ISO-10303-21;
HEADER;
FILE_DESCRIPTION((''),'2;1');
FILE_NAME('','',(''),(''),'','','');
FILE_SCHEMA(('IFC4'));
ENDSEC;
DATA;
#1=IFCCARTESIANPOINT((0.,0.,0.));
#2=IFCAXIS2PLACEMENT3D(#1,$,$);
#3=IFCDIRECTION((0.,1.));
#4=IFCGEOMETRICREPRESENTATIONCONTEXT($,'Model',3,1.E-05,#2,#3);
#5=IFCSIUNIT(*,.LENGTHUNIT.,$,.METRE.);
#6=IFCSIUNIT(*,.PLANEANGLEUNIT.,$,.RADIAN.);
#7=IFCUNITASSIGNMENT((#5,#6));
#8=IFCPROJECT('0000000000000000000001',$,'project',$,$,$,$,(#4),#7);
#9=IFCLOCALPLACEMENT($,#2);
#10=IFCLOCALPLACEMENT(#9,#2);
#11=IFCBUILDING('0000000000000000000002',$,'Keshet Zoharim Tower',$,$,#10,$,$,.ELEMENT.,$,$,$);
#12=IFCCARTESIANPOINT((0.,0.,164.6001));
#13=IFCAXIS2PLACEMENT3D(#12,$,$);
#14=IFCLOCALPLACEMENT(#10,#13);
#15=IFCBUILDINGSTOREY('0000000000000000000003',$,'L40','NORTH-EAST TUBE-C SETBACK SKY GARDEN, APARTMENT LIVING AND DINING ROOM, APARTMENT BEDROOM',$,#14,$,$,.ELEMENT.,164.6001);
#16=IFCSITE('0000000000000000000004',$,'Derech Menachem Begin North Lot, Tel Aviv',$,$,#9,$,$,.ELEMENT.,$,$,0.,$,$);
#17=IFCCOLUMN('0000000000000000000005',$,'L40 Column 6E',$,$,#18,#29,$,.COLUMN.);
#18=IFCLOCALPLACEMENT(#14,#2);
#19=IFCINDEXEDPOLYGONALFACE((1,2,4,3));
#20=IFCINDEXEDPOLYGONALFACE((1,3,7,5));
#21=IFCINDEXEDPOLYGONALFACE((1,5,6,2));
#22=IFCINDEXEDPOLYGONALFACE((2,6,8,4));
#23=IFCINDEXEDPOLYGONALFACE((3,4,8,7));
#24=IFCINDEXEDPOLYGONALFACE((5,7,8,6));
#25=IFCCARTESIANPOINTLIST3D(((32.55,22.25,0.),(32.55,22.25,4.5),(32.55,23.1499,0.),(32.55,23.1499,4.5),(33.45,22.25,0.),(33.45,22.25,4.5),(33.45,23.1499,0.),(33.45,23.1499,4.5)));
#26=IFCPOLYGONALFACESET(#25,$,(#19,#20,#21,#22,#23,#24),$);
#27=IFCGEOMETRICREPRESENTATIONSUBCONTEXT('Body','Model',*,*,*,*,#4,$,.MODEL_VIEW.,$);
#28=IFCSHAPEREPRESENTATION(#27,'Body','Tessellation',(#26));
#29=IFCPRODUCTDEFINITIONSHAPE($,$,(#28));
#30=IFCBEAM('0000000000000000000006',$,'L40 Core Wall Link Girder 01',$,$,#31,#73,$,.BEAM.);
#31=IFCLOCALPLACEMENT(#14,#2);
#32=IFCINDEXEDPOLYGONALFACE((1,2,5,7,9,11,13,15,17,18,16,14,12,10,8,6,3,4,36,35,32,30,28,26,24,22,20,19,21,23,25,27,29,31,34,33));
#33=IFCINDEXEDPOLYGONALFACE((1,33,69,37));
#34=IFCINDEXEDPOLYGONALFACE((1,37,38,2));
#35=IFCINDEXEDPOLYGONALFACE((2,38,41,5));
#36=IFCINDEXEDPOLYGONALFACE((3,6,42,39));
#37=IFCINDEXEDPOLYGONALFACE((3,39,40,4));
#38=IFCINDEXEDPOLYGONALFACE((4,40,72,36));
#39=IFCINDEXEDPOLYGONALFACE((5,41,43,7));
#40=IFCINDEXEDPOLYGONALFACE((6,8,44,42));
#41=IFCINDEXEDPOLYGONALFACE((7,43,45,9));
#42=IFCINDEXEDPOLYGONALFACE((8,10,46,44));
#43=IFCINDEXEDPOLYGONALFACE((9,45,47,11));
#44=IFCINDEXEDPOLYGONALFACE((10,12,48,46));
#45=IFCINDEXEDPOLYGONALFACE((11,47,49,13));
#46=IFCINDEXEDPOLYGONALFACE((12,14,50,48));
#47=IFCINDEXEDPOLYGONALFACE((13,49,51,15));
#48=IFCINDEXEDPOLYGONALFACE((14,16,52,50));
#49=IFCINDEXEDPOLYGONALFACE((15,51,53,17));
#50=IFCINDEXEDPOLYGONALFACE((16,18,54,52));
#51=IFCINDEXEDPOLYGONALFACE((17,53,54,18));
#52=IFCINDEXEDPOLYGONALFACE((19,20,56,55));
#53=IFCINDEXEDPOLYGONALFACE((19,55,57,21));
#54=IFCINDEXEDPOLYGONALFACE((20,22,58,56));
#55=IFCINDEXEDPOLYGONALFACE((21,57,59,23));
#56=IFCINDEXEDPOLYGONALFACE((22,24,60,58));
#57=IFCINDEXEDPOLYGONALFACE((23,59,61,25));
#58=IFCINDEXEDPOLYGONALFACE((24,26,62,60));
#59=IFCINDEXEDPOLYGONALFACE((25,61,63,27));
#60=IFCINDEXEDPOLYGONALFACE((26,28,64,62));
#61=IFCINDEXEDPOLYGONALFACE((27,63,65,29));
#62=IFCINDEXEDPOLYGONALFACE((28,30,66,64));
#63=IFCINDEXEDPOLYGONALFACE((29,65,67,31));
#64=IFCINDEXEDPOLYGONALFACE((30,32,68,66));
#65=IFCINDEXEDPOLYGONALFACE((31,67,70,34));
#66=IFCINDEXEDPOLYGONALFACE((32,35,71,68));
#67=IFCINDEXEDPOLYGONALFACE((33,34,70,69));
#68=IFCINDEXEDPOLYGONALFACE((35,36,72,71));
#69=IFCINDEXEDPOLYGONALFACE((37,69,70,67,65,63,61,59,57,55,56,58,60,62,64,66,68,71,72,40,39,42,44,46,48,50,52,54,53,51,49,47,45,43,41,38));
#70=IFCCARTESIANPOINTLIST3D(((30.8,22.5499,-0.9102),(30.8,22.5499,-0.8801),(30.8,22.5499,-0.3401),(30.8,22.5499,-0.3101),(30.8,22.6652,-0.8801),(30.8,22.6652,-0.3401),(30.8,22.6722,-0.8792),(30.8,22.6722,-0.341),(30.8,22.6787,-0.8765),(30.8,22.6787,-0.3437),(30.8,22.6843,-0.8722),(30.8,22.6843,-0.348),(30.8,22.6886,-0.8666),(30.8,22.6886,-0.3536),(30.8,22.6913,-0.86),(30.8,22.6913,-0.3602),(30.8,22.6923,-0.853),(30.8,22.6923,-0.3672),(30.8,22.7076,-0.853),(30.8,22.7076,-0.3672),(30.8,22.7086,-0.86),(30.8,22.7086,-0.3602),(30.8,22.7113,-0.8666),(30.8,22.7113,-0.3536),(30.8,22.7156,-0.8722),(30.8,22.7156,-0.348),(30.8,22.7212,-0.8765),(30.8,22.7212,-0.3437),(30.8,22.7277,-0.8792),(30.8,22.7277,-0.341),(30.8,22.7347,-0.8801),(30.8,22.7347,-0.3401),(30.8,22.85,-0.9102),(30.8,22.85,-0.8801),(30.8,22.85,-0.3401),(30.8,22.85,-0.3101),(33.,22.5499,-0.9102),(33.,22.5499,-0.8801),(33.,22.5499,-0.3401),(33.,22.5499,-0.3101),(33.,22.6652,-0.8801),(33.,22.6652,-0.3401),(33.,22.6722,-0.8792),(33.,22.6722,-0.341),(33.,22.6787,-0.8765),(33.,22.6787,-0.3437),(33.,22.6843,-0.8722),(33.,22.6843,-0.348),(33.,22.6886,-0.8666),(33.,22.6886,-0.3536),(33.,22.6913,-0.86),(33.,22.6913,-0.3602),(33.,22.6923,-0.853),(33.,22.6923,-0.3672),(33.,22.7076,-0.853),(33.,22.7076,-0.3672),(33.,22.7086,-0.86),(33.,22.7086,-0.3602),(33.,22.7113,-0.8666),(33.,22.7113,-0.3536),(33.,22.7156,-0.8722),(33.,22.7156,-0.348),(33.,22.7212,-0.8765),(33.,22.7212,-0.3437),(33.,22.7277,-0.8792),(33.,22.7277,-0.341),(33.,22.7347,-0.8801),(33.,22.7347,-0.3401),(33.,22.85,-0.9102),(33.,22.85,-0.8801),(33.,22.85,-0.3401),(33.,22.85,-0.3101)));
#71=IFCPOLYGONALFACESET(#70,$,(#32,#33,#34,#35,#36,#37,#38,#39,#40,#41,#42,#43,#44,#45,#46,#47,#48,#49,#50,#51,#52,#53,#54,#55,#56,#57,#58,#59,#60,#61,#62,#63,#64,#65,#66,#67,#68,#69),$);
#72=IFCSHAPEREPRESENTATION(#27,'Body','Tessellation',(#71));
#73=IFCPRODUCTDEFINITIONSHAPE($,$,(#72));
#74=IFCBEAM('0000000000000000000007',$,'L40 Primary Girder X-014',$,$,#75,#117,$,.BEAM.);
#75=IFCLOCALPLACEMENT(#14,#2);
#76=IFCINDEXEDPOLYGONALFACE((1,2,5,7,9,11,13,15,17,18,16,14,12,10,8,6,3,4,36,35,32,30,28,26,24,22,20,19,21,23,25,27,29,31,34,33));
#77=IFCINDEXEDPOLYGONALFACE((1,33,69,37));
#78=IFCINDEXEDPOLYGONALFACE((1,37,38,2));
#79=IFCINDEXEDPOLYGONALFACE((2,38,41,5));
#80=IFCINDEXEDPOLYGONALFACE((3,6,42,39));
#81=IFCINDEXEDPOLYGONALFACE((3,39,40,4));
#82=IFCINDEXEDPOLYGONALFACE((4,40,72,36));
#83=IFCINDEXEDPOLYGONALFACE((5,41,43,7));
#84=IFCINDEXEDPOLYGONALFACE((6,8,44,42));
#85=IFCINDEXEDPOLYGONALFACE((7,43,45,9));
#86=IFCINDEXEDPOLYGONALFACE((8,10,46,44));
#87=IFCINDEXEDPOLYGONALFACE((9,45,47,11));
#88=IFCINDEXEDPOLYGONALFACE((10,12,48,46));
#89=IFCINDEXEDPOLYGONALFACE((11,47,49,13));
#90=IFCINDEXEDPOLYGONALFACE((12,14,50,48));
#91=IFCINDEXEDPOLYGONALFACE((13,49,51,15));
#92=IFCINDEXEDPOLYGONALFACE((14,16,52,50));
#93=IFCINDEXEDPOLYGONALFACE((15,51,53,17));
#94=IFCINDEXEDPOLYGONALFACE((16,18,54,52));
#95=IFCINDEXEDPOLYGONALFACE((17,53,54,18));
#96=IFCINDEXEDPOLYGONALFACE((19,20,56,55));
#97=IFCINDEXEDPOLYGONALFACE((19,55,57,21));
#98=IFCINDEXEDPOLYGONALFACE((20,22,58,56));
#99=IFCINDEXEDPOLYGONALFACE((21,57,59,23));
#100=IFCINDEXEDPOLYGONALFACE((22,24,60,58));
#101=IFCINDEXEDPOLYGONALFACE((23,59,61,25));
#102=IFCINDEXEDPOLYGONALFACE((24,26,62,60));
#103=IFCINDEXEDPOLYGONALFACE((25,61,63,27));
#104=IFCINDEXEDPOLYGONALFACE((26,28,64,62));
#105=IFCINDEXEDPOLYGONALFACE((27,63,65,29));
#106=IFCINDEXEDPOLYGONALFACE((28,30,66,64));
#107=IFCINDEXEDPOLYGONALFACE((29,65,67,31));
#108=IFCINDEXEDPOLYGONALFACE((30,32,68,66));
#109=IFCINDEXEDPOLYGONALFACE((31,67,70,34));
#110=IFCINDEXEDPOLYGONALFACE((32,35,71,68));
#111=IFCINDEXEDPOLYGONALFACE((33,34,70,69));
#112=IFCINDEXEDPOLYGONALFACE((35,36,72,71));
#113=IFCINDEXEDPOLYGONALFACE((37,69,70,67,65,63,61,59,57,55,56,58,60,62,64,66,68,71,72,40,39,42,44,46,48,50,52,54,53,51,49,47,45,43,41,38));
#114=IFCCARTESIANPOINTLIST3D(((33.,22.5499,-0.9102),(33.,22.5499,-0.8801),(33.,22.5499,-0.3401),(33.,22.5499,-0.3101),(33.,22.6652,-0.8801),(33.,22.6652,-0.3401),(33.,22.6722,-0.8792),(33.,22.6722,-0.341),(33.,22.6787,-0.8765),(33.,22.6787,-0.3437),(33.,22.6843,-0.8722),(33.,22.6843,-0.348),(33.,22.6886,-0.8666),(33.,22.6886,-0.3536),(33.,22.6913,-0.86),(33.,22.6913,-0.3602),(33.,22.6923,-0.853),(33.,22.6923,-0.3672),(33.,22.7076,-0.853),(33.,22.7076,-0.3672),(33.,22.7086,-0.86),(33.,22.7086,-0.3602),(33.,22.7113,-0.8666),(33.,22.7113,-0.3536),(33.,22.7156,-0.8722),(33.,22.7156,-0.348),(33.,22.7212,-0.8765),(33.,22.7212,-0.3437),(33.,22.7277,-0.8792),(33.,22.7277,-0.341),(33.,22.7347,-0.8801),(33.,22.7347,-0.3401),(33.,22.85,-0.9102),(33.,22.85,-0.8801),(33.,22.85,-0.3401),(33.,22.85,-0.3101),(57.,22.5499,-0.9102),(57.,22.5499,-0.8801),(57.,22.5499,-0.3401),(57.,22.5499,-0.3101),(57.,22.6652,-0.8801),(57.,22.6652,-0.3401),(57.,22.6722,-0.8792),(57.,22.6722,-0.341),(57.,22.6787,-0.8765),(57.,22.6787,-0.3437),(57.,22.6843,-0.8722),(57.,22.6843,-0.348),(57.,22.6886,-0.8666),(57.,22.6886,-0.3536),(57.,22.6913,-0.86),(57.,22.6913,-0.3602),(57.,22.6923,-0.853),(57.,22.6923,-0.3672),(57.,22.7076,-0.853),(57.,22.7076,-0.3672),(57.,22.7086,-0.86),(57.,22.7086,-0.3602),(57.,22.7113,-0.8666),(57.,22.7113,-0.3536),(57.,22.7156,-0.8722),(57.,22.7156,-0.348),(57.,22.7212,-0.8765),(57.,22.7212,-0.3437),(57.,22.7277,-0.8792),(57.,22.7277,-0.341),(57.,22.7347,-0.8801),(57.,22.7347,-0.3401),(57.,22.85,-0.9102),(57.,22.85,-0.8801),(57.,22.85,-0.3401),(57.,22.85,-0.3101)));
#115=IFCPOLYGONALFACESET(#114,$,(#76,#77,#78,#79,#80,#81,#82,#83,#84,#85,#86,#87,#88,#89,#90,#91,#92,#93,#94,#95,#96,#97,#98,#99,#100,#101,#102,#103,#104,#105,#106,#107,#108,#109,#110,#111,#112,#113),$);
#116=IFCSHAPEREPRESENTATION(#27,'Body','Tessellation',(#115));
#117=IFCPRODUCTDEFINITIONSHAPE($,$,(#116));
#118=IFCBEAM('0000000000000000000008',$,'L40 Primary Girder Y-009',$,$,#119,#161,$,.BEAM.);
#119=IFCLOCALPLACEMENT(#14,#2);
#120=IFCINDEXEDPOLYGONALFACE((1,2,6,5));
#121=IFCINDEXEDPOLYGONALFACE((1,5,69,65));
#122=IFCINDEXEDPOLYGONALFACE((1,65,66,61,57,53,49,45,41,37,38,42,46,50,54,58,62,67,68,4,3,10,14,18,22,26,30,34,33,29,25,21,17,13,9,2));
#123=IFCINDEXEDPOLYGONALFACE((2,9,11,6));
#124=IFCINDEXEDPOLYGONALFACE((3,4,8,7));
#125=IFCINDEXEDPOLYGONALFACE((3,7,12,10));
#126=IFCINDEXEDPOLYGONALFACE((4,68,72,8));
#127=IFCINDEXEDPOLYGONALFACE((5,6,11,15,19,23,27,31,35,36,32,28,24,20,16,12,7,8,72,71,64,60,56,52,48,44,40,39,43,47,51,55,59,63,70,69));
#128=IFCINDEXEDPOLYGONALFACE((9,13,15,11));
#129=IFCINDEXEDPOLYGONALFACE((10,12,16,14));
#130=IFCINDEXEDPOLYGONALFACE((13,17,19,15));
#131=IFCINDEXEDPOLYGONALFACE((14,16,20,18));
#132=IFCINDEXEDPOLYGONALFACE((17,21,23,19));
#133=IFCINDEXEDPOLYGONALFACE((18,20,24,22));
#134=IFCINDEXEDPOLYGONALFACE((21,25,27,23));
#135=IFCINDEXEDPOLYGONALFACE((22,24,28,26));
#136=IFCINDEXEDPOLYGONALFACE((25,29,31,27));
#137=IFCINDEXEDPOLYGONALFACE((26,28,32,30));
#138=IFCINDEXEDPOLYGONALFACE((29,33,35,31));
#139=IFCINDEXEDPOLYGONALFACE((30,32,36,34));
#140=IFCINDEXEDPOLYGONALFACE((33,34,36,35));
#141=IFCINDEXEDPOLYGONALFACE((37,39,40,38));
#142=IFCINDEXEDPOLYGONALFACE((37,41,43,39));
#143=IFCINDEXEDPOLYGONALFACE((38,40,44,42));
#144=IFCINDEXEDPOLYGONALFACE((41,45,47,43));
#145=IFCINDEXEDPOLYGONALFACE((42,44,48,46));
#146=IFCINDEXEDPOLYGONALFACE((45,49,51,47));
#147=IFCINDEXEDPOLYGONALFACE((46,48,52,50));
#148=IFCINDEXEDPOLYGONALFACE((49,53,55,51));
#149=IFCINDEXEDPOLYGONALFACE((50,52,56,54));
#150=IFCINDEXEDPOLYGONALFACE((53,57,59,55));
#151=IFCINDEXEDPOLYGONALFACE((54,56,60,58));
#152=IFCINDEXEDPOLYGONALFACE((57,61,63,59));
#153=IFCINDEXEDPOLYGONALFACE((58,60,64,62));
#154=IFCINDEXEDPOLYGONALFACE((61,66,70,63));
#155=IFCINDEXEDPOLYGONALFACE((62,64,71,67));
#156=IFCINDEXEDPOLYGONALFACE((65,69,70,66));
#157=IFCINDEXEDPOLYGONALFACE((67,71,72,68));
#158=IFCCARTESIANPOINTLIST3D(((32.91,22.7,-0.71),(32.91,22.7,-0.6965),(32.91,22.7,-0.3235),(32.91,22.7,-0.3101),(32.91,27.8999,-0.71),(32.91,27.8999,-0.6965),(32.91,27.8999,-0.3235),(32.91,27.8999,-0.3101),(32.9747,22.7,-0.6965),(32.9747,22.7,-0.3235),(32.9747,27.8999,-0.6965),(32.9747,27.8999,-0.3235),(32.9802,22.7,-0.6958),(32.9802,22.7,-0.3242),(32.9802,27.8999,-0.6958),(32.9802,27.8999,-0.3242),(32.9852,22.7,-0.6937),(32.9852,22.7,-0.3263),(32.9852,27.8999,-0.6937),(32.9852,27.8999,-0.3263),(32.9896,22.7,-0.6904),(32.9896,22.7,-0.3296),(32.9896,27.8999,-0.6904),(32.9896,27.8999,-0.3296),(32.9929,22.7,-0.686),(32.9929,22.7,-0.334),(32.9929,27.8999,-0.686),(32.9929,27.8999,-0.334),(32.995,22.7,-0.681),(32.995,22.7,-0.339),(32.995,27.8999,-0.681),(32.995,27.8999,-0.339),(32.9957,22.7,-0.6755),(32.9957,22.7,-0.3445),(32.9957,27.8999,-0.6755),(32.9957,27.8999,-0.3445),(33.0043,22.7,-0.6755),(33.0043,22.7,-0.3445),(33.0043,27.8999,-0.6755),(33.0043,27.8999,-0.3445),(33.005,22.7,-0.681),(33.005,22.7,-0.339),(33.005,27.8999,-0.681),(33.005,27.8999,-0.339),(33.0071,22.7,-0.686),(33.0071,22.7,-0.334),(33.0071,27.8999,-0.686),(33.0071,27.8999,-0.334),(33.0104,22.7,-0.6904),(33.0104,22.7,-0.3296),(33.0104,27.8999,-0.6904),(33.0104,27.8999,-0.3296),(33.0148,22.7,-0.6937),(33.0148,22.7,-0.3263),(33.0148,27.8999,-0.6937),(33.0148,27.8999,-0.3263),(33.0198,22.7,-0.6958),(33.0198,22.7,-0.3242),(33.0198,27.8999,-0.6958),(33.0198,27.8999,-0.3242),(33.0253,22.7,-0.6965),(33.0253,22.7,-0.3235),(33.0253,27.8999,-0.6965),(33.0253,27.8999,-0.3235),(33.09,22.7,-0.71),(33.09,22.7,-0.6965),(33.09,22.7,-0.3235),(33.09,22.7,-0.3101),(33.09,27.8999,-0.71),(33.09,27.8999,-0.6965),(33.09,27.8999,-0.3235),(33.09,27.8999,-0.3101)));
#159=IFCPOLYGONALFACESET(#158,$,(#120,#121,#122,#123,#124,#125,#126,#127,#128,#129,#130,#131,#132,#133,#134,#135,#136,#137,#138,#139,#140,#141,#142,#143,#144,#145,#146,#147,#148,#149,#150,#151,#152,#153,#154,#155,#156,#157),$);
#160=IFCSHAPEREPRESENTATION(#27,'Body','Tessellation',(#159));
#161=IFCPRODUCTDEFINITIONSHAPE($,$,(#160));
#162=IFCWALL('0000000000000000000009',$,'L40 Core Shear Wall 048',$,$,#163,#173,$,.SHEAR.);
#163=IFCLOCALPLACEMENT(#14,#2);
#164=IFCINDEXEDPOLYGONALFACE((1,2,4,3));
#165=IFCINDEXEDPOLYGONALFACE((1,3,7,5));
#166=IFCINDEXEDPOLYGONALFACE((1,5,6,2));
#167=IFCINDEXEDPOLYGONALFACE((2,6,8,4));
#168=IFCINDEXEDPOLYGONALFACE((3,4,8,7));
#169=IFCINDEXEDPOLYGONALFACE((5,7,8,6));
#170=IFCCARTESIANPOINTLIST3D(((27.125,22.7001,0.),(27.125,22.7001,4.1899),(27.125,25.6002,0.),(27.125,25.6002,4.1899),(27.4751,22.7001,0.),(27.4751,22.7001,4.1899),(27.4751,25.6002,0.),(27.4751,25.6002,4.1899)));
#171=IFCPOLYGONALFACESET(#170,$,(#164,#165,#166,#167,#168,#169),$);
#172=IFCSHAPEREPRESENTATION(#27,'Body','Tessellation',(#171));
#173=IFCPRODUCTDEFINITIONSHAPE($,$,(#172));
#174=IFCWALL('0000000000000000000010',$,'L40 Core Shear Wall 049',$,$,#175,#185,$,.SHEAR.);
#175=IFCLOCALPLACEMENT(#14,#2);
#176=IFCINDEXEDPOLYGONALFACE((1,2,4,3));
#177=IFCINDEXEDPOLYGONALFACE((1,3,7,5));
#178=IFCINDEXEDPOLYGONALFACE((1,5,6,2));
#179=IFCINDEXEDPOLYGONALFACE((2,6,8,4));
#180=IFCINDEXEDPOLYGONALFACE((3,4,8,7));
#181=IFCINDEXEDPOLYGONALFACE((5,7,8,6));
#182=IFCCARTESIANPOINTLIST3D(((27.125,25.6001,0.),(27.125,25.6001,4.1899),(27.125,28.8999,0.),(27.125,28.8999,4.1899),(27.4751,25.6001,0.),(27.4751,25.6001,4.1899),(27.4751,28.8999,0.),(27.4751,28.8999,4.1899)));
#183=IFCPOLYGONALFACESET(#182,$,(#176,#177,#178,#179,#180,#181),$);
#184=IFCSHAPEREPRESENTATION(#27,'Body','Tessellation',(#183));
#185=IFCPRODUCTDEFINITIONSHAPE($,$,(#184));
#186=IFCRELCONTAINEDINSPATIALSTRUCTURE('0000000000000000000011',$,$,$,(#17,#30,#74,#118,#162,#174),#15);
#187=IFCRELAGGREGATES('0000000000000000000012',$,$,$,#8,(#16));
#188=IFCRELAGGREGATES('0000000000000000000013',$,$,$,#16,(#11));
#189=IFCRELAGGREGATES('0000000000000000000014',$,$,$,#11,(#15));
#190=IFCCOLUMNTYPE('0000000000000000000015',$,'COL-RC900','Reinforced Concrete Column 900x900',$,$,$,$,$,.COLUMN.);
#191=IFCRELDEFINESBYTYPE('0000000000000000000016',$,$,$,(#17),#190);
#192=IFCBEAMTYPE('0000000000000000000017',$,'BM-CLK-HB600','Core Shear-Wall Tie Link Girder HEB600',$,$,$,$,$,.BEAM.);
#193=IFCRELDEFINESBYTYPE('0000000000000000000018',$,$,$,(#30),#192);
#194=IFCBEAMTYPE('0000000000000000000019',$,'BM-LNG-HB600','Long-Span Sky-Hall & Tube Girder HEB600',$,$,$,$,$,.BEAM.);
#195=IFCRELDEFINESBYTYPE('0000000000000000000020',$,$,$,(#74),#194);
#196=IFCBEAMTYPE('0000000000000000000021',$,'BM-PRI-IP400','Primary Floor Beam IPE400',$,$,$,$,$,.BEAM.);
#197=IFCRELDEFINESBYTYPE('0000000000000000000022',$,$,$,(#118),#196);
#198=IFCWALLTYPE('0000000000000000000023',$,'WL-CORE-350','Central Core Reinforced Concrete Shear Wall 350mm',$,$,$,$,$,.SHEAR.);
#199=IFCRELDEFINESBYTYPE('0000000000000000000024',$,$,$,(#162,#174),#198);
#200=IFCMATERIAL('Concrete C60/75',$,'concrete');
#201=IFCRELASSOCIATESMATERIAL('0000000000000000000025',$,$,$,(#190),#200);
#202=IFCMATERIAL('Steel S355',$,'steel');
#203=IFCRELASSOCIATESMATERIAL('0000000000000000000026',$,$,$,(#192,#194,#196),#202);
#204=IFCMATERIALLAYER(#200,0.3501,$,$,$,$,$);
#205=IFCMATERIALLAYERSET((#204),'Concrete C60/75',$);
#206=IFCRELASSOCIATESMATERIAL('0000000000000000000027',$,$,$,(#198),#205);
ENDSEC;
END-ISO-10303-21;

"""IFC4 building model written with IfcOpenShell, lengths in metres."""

from ifc_helpers import new_model, si_unit, direction, frame, frame_2d, origin, origin_2d, place, context, subcontext, project, spatial, rectangle, i_section, extrude, material, layer, layer_set, material_profile, profile_set, type_object, element, save


model = new_model("IFC4")

# Units and contexts
model_context = context("Model", 3, precision=1e-05, world=origin(), true_north=direction((0.0, 1.0)))
body_context = subcontext(model_context, "Body", "Model", "MODEL_VIEW")
ifc_project = project(units=[si_unit("LENGTHUNIT", "METRE"), si_unit("PLANEANGLEUNIT", "RADIAN")], contexts=[model_context])

# Site, building, storey
site_placement = place(None, origin())
site = spatial("IfcSite", under=ifc_project, at=site_placement, Name="Derech Menachem Begin North Lot, Tel Aviv", CompositionType="ELEMENT", RefElevation=0.0)
building_placement = place(site_placement, origin())
building = spatial("IfcBuilding", under=site, at=building_placement, Name="Keshet Zoharim Tower", CompositionType="ELEMENT")
storey_placement = place(building_placement, frame((0.0, 0.0, 164.6001)))
storey = spatial("IfcBuildingStorey", under=building, at=storey_placement, Name="L40", Description="NORTH-EAST TUBE-C SETBACK SKY GARDEN, APARTMENT LIVING AND DINING ROOM, APARTMENT BEDROOM", CompositionType="ELEMENT", Elevation=164.6001)

# Column
ifc_material_1 = material(Name="Concrete C60/75", Category="concrete")
ifc_material_profile_1 = material_profile(ifc_material_1, rectangle(XDim=0.8999, YDim=0.8999, at=origin_2d()), Name="RC900x900")
ifc_profile_set_1 = profile_set([ifc_material_profile_1], Name="Concrete C60/75")
column_type = type_object("IfcColumnType", Name="COL-RC900", Description="Reinforced Concrete Column 900x900", PredefinedType="COLUMN", material=ifc_profile_set_1)
column_placement = place(storey_placement, frame((33.0, 22.7, 0.0), z_axis=(0.0, 0.0, 1.0), x_axis=(1.0, 0.0, 0.0)))
element("IfcColumn", 1, at=column_placement, inside=storey, type_object=column_type, Name="L40 Column 6E", PredefinedType="COLUMN", context=body_context, shape_type="SweptSolid", body=[
    extrude(rectangle(XDim=0.8999, YDim=0.8999, at=origin_2d()), origin(), (0.0, 0.0, 1.0), 4.5),
])

# Beams
ifc_material_2 = material(Name="Steel S355", Category="steel")
ifc_material_profile_2 = material_profile(ifc_material_2, i_section(OverallWidth=0.3, OverallDepth=0.6001, WebThickness=0.0154, FlangeThickness=0.03, FilletRadius=0.0271, at=origin_2d()), Name="HEB600")
ifc_profile_set_2 = profile_set([ifc_material_profile_2], Name="Steel S355")
beam_type_1 = type_object("IfcBeamType", Name="BM-CLK-HB600", Description="Core Shear-Wall Tie Link Girder HEB600", PredefinedType="BEAM", material=ifc_profile_set_2)
beam_1_placement = place(storey_placement, frame((30.8, 22.7, -0.6101), z_axis=(1.0, 0.0, 0.0), x_axis=(0.0, 1.0, 0.0)))
element("IfcBeam", 2, at=beam_1_placement, inside=storey, type_object=beam_type_1, Name="L40 Core Wall Link Girder 01", PredefinedType="BEAM", context=body_context, shape_type="SweptSolid", body=[
    extrude(i_section(OverallWidth=0.3, OverallDepth=0.6001, WebThickness=0.0154, FlangeThickness=0.03, FilletRadius=0.0271, at=origin_2d()), origin(), (0.0, 0.0, 1.0), 2.2),
])
ifc_material_profile_3 = material_profile(ifc_material_2, i_section(OverallWidth=0.3, OverallDepth=0.6001, WebThickness=0.0154, FlangeThickness=0.03, FilletRadius=0.0271, at=origin_2d()), Name="HEB600")
ifc_profile_set_3 = profile_set([ifc_material_profile_3], Name="Steel S355")
beam_type_2 = type_object("IfcBeamType", Name="BM-LNG-HB600", Description="Long-Span Sky-Hall & Tube Girder HEB600", PredefinedType="BEAM", material=ifc_profile_set_3)
beam_2_placement = place(storey_placement, frame((33.0, 22.7, -0.6101), z_axis=(1.0, 0.0, 0.0), x_axis=(0.0, 1.0, 0.0)))
element("IfcBeam", 3, at=beam_2_placement, inside=storey, type_object=beam_type_2, Name="L40 Primary Girder X-014", PredefinedType="BEAM", context=body_context, shape_type="SweptSolid", body=[
    extrude(i_section(OverallWidth=0.3, OverallDepth=0.6001, WebThickness=0.0154, FlangeThickness=0.03, FilletRadius=0.0271, at=origin_2d()), origin(), (0.0, 0.0, 1.0), 24.0),
])
ifc_material_profile_4 = material_profile(ifc_material_2, i_section(OverallWidth=0.1799, OverallDepth=0.3999, WebThickness=0.0085, FlangeThickness=0.0134, FilletRadius=0.021, at=origin_2d()), Name="IPE400")
ifc_profile_set_4 = profile_set([ifc_material_profile_4], Name="Steel S355")
beam_type_3 = type_object("IfcBeamType", Name="BM-PRI-IP400", Description="Primary Floor Beam IPE400", PredefinedType="BEAM", material=ifc_profile_set_4)
beam_3_placement = place(storey_placement, frame((33.0, 22.7, -0.51), z_axis=(0.0, 1.0, 0.0), x_axis=(-1.0, 0.0, 0.0)))
element("IfcBeam", 4, at=beam_3_placement, inside=storey, type_object=beam_type_3, Name="L40 Primary Girder Y-009", PredefinedType="BEAM", context=body_context, shape_type="SweptSolid", body=[
    extrude(i_section(OverallWidth=0.1799, OverallDepth=0.3999, WebThickness=0.0085, FlangeThickness=0.0134, FilletRadius=0.021, at=origin_2d()), origin(), (0.0, 0.0, 1.0), 5.2),
])

# Walls
ifc_layer_1 = layer(ifc_material_1, 0.3501)
ifc_layer_set_1 = layer_set([ifc_layer_1], Name="Concrete C60/75")
wall_type_1 = type_object("IfcWallType", Name="WL-CORE-350", Description="Central Core Reinforced Concrete Shear Wall 350mm", PredefinedType="SHEAR", material=ifc_layer_set_1)
wall_1_placement = place(storey_placement, frame((27.3, 22.7, 0.0), z_axis=(0.0, 0.0, 1.0), x_axis=(0.0, 1.0, 0.0)))
element("IfcWall", 5, at=wall_1_placement, inside=storey, type_object=wall_type_1, Name="L40 Core Shear Wall 048", PredefinedType="SHEAR", context=body_context, shape_type="SweptSolid", body=[
    extrude(rectangle(XDim=2.9001, YDim=0.3501, at=frame_2d((1.4502, 0.0))), origin(), (0.0, 0.0, 1.0), 4.1899),
])
wall_2_placement = place(storey_placement, frame((27.3, 25.6001, 0.0), z_axis=(0.0, 0.0, 1.0), x_axis=(0.0, 1.0, 0.0)))
element("IfcWall", 6, at=wall_2_placement, inside=storey, type_object=wall_type_1, Name="L40 Core Shear Wall 049", PredefinedType="SHEAR", context=body_context, shape_type="SweptSolid", body=[
    extrude(rectangle(XDim=3.2998, YDim=0.3501, at=frame_2d((1.6499, 0.0))), origin(), (0.0, 0.0, 1.0), 4.1899),
])

save(model, "model.ifc")
